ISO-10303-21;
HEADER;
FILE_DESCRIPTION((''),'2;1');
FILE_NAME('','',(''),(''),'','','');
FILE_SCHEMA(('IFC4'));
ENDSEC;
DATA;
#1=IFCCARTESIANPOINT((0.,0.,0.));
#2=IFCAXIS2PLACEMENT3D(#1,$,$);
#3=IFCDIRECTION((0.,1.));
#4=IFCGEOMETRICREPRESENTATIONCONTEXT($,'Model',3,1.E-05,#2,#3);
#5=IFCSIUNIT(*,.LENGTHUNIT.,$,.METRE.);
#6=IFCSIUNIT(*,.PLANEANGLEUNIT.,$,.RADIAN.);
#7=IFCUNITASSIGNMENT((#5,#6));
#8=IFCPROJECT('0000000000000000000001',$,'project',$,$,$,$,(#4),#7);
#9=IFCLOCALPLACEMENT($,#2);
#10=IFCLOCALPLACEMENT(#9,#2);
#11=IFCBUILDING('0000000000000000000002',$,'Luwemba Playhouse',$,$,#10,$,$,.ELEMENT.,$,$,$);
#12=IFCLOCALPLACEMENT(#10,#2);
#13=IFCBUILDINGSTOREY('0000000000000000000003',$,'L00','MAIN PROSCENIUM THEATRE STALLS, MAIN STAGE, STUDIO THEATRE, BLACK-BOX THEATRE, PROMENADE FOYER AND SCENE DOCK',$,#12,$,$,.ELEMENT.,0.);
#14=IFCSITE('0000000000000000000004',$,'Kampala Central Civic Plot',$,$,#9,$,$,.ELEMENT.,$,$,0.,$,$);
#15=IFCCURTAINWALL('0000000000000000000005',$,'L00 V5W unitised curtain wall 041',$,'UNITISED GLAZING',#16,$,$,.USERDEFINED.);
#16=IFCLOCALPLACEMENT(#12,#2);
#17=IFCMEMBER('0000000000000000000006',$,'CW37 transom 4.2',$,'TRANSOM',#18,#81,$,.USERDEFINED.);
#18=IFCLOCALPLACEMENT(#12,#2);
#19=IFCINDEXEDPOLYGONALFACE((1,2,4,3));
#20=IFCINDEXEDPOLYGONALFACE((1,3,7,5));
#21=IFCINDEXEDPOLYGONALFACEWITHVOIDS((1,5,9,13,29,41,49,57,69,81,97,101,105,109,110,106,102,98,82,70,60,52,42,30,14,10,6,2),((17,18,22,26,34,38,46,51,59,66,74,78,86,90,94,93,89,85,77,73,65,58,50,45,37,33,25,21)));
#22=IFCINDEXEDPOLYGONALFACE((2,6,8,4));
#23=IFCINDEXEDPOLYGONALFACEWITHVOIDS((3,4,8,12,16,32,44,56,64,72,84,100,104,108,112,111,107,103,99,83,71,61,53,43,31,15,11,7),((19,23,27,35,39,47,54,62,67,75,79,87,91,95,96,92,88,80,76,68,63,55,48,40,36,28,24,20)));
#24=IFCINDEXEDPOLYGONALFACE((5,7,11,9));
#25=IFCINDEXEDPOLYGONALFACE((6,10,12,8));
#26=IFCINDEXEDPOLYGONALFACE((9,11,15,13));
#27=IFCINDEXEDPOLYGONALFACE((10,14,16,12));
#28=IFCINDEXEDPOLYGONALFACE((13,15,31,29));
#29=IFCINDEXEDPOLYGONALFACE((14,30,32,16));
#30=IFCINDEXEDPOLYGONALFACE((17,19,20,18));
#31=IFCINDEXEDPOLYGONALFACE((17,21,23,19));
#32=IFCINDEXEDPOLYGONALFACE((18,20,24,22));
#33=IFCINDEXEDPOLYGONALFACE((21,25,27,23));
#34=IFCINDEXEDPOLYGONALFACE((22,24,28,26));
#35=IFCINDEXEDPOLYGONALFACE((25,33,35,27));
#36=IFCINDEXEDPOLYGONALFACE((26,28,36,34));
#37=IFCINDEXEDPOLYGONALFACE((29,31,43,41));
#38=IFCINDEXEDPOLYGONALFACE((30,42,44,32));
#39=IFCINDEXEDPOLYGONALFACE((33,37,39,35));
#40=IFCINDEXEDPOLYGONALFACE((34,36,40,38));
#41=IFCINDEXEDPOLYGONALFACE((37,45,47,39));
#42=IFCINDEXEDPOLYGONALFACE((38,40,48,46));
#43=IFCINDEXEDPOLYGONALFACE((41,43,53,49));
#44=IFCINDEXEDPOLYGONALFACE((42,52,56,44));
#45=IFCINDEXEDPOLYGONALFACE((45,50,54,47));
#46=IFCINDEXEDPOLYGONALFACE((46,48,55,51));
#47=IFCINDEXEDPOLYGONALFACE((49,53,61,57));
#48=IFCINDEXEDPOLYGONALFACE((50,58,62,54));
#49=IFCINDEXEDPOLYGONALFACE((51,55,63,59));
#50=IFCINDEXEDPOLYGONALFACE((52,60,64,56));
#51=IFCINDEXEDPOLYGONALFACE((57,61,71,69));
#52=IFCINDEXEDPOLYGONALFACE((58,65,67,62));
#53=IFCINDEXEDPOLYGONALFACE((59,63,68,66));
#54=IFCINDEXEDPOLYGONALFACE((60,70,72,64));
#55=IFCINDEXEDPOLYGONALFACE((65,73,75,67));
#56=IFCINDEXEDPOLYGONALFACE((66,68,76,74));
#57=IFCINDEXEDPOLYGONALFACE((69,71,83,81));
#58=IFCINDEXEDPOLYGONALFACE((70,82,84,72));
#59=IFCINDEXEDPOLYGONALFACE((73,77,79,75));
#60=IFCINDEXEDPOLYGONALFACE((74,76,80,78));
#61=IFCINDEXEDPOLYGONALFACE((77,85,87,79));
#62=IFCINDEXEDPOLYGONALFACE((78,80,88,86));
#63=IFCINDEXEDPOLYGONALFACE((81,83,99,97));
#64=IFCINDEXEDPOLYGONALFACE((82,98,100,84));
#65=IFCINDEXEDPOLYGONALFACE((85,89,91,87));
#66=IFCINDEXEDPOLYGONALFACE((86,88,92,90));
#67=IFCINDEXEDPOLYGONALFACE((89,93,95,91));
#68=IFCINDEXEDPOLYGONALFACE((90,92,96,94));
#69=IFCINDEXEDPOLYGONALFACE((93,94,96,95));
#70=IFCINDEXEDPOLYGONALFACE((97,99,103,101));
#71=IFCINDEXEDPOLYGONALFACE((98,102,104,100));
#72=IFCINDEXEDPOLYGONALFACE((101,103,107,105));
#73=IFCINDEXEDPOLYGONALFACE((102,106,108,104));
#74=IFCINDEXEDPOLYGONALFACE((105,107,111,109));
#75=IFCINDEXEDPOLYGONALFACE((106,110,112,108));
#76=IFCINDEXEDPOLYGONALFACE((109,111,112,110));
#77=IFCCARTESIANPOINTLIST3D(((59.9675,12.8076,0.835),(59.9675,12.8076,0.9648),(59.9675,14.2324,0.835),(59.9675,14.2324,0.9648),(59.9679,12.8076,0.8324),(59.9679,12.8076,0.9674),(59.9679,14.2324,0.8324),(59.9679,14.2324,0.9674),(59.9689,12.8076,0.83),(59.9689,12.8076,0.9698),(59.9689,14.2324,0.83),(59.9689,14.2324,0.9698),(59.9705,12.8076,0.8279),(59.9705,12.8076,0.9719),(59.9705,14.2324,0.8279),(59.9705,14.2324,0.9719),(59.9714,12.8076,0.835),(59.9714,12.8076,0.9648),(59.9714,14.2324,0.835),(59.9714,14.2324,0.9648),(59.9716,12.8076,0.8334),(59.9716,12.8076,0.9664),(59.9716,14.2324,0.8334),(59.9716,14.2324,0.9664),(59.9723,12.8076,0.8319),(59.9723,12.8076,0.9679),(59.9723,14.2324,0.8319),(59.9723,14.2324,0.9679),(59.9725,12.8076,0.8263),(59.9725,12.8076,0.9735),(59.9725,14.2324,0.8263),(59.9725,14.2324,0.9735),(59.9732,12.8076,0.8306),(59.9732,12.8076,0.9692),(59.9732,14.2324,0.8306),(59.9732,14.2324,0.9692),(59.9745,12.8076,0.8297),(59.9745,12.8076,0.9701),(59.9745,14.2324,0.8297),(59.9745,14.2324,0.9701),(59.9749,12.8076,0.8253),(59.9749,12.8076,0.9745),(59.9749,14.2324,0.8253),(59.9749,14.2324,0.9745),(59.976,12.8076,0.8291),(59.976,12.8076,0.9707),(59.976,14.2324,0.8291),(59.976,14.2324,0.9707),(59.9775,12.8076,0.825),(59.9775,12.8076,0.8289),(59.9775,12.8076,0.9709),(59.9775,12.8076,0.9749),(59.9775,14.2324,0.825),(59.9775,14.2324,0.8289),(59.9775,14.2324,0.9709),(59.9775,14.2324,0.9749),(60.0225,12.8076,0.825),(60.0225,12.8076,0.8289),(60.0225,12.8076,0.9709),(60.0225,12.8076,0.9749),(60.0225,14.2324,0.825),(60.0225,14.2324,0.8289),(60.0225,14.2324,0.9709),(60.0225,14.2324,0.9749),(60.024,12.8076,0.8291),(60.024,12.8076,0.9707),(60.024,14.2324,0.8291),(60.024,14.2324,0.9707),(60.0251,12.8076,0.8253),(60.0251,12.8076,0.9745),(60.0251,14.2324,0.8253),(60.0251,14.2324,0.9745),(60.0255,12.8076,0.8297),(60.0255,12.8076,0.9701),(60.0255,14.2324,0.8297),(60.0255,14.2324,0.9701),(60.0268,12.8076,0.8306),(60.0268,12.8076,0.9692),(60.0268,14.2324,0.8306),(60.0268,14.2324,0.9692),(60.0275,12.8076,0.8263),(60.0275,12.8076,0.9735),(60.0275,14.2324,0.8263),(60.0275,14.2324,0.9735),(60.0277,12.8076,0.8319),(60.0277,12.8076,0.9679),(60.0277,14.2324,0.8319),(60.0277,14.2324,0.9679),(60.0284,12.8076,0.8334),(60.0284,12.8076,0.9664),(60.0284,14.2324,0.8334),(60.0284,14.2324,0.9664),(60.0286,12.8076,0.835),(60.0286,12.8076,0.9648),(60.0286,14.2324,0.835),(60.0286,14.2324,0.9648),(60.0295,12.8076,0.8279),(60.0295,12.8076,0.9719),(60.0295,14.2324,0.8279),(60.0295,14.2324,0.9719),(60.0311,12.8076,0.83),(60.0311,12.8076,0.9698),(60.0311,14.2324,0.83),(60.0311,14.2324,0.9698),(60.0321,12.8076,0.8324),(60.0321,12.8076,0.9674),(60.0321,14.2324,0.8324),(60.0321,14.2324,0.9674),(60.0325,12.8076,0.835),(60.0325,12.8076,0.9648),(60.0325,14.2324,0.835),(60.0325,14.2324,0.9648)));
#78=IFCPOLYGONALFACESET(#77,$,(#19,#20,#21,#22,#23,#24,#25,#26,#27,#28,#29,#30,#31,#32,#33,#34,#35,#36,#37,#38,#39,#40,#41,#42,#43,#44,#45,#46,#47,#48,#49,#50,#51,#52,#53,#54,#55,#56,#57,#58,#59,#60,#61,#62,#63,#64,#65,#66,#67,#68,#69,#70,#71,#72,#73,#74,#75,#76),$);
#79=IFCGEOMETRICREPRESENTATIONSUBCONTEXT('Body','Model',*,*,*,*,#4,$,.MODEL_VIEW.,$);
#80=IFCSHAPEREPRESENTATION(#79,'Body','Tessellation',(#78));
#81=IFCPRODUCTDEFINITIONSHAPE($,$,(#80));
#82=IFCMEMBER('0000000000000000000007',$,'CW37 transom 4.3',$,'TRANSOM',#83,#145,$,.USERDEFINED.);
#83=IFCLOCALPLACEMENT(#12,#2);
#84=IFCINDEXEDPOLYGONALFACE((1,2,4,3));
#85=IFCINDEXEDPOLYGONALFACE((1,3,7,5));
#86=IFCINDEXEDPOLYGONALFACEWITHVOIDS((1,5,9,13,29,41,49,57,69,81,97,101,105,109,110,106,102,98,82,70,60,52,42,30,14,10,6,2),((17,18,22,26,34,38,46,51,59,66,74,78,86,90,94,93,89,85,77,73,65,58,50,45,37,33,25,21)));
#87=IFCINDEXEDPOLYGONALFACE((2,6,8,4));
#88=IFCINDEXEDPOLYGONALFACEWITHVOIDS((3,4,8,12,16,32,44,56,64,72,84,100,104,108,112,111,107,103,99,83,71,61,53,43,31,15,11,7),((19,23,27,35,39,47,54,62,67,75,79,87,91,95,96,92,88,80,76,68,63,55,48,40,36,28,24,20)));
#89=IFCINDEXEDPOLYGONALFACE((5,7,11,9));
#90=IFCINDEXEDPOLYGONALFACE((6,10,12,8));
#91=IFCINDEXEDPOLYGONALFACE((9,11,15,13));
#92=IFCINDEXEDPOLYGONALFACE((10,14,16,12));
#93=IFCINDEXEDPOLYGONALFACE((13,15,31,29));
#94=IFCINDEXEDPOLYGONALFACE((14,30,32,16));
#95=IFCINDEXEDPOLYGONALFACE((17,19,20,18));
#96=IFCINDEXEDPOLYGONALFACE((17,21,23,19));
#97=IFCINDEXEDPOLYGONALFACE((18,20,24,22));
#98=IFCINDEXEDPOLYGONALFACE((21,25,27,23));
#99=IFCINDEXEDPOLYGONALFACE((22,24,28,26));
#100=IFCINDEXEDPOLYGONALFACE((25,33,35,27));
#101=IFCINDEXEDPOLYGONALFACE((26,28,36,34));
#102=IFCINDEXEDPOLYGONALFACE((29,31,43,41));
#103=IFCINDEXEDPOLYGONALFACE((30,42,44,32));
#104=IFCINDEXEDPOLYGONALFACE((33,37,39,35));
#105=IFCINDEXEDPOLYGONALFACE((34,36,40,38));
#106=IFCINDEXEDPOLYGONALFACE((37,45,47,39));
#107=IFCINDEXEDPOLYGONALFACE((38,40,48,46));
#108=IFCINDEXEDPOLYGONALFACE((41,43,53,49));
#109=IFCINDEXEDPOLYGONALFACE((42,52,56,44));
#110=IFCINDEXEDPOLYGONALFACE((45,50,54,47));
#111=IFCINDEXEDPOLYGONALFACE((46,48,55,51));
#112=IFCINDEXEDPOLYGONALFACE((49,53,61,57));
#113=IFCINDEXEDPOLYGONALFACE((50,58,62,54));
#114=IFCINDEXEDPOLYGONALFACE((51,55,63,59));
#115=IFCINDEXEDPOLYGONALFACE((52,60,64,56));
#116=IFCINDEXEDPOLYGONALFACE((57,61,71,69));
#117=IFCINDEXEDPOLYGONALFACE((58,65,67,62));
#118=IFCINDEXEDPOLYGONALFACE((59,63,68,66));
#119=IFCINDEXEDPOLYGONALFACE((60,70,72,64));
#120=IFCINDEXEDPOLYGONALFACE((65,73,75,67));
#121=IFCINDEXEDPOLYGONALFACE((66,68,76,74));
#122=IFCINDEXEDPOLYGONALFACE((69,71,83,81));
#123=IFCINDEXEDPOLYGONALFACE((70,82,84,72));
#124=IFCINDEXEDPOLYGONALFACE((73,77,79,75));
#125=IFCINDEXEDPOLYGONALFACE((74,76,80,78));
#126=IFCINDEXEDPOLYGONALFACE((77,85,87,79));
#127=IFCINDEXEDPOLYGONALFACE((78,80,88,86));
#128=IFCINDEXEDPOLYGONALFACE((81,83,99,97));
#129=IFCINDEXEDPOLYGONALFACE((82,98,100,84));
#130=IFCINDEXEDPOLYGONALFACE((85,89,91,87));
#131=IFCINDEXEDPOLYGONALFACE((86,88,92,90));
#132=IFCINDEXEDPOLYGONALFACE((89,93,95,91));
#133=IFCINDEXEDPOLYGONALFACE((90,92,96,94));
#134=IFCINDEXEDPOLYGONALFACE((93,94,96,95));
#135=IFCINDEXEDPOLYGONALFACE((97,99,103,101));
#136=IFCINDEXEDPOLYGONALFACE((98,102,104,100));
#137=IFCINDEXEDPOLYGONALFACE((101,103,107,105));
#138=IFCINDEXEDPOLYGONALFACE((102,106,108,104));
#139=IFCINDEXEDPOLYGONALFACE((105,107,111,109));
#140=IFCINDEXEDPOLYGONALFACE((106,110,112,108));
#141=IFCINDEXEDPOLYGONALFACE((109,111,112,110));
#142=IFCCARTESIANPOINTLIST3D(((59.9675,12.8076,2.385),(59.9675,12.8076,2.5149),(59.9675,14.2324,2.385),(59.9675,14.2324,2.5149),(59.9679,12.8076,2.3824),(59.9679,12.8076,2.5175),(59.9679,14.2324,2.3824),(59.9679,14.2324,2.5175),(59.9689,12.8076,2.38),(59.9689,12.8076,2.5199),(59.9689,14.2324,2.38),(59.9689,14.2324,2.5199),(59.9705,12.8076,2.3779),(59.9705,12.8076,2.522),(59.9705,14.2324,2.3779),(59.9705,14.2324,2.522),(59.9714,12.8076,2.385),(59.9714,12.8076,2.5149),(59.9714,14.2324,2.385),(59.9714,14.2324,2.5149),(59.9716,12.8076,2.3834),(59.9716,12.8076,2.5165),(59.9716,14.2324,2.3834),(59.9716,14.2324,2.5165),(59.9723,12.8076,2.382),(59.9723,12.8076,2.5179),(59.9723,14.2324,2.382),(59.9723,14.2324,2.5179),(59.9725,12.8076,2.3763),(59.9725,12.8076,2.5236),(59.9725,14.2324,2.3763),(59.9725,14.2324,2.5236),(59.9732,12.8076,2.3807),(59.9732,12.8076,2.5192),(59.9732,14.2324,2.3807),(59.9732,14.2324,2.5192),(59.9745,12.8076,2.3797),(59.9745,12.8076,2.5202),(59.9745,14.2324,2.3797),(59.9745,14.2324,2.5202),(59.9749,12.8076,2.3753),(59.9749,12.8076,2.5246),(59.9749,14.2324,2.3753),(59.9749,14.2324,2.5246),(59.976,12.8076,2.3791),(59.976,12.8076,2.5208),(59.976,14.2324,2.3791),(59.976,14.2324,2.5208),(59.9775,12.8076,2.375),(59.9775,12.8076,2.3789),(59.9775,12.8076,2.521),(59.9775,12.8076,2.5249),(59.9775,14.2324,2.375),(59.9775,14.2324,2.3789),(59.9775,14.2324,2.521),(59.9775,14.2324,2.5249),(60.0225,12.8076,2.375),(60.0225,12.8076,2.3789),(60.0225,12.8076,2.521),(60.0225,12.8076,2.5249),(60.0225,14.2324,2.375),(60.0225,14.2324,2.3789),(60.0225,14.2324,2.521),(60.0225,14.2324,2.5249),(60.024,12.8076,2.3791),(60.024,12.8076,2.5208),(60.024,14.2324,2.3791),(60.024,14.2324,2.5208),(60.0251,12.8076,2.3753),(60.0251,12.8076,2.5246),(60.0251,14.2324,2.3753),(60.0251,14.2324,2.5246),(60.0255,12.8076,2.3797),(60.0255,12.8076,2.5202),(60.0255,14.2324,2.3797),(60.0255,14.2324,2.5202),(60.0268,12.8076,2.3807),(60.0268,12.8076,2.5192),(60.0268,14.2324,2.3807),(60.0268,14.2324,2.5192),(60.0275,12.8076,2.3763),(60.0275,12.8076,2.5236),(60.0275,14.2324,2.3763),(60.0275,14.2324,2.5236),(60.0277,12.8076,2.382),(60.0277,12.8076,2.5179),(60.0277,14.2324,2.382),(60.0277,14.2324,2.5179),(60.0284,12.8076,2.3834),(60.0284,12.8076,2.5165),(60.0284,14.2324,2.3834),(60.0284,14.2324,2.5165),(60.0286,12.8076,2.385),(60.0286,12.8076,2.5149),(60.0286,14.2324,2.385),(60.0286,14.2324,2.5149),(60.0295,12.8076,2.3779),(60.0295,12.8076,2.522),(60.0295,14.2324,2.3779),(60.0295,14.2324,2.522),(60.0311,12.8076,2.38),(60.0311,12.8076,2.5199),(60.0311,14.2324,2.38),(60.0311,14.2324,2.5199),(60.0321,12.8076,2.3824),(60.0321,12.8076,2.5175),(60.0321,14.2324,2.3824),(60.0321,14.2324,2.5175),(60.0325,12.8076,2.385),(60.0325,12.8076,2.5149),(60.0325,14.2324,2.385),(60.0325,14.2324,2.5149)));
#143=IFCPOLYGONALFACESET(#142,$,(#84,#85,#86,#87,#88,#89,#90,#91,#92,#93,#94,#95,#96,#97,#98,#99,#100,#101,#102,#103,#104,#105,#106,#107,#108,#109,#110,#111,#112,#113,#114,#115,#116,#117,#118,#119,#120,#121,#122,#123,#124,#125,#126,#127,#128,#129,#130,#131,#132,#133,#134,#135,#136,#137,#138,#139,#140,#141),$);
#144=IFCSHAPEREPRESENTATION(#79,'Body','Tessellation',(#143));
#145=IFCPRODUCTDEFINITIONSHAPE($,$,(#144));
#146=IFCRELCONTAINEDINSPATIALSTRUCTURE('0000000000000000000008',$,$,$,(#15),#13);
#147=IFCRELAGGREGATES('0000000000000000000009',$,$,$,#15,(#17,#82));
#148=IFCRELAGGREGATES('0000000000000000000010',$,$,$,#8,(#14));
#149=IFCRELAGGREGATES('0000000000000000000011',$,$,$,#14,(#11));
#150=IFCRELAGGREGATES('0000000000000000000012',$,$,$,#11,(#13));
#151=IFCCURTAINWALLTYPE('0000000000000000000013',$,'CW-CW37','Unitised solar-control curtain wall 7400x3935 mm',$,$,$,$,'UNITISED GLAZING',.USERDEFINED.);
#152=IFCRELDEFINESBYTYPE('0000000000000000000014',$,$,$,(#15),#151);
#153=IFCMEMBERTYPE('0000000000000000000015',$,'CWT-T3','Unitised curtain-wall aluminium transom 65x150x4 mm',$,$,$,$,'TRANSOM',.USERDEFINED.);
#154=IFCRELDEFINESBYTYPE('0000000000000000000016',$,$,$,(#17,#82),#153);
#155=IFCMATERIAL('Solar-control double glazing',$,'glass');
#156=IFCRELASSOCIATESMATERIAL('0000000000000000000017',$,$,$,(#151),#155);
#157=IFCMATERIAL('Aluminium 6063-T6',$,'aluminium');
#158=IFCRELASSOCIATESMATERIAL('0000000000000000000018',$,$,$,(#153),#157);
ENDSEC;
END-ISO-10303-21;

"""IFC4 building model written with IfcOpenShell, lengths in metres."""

from ifc_helpers import new_model, si_unit, direction, frame, origin, origin_2d, place, context, subcontext, project, spatial, hollow_rectangle, extrude, material, material_profile, profile_set, type_object, element, aggregate, save


model = new_model("IFC4")

# Units and contexts
model_context = context("Model", 3, precision=1e-05, world=origin(), true_north=direction((0.0, 1.0)))
body_context = subcontext(model_context, "Body", "Model", "MODEL_VIEW")
ifc_project = project(units=[si_unit("LENGTHUNIT", "METRE"), si_unit("PLANEANGLEUNIT", "RADIAN")], contexts=[model_context])

# Site, building, storey
site_placement = place(None, origin())
site = spatial("IfcSite", under=ifc_project, at=site_placement, Name="Kampala Central Civic Plot", CompositionType="ELEMENT", RefElevation=0.0)
building_placement = place(site_placement, origin())
building = spatial("IfcBuilding", under=site, at=building_placement, Name="Luwemba Playhouse", CompositionType="ELEMENT")
storey_placement = place(building_placement, origin())
storey = spatial("IfcBuildingStorey", under=building, at=storey_placement, Name="L00", Description="MAIN PROSCENIUM THEATRE STALLS, MAIN STAGE, STUDIO THEATRE, BLACK-BOX THEATRE, PROMENADE FOYER AND SCENE DOCK", CompositionType="ELEMENT", Elevation=0.0)

# Curtain wall, members
ifc_material_1 = material(Name="Solar-control double glazing", Category="glass")
curtain_wall_type = type_object("IfcCurtainWallType", Name="CW-CW37", Description="Unitised solar-control curtain wall 7400x3935 mm", ElementType="UNITISED GLAZING", PredefinedType="USERDEFINED", material=ifc_material_1)
curtain_wall_placement = place(storey_placement, origin())
curtain_wall = element("IfcCurtainWall", 1, at=curtain_wall_placement, inside=storey, type_object=curtain_wall_type, Name="L00 V5W unitised curtain wall 041", ObjectType="UNITISED GLAZING", PredefinedType="USERDEFINED")
ifc_material_2 = material(Name="Aluminium 6063-T6", Category="aluminium")
ifc_material_profile_1 = material_profile(ifc_material_2, hollow_rectangle(XDim=0.0649, YDim=0.1499, WallThickness=0.0039, InnerFilletRadius=0.0061, OuterFilletRadius=0.01, at=origin_2d()))
ifc_profile_set_1 = profile_set([ifc_material_profile_1], Name="Aluminium 6063-T6")
member_type_1 = type_object("IfcMemberType", Name="CWT-T3", Description="Unitised curtain-wall aluminium transom 65x150x4 mm", ElementType="TRANSOM", PredefinedType="USERDEFINED", material=ifc_profile_set_1)
member_1_placement = place(storey_placement, frame((60.0, 14.2324, 0.8999), z_axis=(0.0, -1.0, 0.0), x_axis=(1.0, 0.0, 0.0)))
member_1 = element("IfcMember", 2, at=member_1_placement, type_object=member_type_1, Name="CW37 transom 4.2", ObjectType="TRANSOM", PredefinedType="USERDEFINED", context=body_context, shape_type="SweptSolid", body=[
    extrude(hollow_rectangle(XDim=0.0649, YDim=0.1499, WallThickness=0.0039, InnerFilletRadius=0.0061, OuterFilletRadius=0.01, at=origin_2d()), origin(), (0.0, 0.0, 1.0), 1.4248),
])
member_2_placement = place(storey_placement, frame((60.0, 14.2324, 2.45), z_axis=(0.0, -1.0, 0.0), x_axis=(1.0, 0.0, 0.0)))
member_2 = element("IfcMember", 3, at=member_2_placement, type_object=member_type_1, Name="CW37 transom 4.3", ObjectType="TRANSOM", PredefinedType="USERDEFINED", context=body_context, shape_type="SweptSolid", body=[
    extrude(hollow_rectangle(XDim=0.0649, YDim=0.1499, WallThickness=0.0039, InnerFilletRadius=0.0061, OuterFilletRadius=0.01, at=origin_2d()), origin(), (0.0, 0.0, 1.0), 1.4248),
])
aggregate(curtain_wall, [member_1, member_2])

save(model, "model.ifc")
